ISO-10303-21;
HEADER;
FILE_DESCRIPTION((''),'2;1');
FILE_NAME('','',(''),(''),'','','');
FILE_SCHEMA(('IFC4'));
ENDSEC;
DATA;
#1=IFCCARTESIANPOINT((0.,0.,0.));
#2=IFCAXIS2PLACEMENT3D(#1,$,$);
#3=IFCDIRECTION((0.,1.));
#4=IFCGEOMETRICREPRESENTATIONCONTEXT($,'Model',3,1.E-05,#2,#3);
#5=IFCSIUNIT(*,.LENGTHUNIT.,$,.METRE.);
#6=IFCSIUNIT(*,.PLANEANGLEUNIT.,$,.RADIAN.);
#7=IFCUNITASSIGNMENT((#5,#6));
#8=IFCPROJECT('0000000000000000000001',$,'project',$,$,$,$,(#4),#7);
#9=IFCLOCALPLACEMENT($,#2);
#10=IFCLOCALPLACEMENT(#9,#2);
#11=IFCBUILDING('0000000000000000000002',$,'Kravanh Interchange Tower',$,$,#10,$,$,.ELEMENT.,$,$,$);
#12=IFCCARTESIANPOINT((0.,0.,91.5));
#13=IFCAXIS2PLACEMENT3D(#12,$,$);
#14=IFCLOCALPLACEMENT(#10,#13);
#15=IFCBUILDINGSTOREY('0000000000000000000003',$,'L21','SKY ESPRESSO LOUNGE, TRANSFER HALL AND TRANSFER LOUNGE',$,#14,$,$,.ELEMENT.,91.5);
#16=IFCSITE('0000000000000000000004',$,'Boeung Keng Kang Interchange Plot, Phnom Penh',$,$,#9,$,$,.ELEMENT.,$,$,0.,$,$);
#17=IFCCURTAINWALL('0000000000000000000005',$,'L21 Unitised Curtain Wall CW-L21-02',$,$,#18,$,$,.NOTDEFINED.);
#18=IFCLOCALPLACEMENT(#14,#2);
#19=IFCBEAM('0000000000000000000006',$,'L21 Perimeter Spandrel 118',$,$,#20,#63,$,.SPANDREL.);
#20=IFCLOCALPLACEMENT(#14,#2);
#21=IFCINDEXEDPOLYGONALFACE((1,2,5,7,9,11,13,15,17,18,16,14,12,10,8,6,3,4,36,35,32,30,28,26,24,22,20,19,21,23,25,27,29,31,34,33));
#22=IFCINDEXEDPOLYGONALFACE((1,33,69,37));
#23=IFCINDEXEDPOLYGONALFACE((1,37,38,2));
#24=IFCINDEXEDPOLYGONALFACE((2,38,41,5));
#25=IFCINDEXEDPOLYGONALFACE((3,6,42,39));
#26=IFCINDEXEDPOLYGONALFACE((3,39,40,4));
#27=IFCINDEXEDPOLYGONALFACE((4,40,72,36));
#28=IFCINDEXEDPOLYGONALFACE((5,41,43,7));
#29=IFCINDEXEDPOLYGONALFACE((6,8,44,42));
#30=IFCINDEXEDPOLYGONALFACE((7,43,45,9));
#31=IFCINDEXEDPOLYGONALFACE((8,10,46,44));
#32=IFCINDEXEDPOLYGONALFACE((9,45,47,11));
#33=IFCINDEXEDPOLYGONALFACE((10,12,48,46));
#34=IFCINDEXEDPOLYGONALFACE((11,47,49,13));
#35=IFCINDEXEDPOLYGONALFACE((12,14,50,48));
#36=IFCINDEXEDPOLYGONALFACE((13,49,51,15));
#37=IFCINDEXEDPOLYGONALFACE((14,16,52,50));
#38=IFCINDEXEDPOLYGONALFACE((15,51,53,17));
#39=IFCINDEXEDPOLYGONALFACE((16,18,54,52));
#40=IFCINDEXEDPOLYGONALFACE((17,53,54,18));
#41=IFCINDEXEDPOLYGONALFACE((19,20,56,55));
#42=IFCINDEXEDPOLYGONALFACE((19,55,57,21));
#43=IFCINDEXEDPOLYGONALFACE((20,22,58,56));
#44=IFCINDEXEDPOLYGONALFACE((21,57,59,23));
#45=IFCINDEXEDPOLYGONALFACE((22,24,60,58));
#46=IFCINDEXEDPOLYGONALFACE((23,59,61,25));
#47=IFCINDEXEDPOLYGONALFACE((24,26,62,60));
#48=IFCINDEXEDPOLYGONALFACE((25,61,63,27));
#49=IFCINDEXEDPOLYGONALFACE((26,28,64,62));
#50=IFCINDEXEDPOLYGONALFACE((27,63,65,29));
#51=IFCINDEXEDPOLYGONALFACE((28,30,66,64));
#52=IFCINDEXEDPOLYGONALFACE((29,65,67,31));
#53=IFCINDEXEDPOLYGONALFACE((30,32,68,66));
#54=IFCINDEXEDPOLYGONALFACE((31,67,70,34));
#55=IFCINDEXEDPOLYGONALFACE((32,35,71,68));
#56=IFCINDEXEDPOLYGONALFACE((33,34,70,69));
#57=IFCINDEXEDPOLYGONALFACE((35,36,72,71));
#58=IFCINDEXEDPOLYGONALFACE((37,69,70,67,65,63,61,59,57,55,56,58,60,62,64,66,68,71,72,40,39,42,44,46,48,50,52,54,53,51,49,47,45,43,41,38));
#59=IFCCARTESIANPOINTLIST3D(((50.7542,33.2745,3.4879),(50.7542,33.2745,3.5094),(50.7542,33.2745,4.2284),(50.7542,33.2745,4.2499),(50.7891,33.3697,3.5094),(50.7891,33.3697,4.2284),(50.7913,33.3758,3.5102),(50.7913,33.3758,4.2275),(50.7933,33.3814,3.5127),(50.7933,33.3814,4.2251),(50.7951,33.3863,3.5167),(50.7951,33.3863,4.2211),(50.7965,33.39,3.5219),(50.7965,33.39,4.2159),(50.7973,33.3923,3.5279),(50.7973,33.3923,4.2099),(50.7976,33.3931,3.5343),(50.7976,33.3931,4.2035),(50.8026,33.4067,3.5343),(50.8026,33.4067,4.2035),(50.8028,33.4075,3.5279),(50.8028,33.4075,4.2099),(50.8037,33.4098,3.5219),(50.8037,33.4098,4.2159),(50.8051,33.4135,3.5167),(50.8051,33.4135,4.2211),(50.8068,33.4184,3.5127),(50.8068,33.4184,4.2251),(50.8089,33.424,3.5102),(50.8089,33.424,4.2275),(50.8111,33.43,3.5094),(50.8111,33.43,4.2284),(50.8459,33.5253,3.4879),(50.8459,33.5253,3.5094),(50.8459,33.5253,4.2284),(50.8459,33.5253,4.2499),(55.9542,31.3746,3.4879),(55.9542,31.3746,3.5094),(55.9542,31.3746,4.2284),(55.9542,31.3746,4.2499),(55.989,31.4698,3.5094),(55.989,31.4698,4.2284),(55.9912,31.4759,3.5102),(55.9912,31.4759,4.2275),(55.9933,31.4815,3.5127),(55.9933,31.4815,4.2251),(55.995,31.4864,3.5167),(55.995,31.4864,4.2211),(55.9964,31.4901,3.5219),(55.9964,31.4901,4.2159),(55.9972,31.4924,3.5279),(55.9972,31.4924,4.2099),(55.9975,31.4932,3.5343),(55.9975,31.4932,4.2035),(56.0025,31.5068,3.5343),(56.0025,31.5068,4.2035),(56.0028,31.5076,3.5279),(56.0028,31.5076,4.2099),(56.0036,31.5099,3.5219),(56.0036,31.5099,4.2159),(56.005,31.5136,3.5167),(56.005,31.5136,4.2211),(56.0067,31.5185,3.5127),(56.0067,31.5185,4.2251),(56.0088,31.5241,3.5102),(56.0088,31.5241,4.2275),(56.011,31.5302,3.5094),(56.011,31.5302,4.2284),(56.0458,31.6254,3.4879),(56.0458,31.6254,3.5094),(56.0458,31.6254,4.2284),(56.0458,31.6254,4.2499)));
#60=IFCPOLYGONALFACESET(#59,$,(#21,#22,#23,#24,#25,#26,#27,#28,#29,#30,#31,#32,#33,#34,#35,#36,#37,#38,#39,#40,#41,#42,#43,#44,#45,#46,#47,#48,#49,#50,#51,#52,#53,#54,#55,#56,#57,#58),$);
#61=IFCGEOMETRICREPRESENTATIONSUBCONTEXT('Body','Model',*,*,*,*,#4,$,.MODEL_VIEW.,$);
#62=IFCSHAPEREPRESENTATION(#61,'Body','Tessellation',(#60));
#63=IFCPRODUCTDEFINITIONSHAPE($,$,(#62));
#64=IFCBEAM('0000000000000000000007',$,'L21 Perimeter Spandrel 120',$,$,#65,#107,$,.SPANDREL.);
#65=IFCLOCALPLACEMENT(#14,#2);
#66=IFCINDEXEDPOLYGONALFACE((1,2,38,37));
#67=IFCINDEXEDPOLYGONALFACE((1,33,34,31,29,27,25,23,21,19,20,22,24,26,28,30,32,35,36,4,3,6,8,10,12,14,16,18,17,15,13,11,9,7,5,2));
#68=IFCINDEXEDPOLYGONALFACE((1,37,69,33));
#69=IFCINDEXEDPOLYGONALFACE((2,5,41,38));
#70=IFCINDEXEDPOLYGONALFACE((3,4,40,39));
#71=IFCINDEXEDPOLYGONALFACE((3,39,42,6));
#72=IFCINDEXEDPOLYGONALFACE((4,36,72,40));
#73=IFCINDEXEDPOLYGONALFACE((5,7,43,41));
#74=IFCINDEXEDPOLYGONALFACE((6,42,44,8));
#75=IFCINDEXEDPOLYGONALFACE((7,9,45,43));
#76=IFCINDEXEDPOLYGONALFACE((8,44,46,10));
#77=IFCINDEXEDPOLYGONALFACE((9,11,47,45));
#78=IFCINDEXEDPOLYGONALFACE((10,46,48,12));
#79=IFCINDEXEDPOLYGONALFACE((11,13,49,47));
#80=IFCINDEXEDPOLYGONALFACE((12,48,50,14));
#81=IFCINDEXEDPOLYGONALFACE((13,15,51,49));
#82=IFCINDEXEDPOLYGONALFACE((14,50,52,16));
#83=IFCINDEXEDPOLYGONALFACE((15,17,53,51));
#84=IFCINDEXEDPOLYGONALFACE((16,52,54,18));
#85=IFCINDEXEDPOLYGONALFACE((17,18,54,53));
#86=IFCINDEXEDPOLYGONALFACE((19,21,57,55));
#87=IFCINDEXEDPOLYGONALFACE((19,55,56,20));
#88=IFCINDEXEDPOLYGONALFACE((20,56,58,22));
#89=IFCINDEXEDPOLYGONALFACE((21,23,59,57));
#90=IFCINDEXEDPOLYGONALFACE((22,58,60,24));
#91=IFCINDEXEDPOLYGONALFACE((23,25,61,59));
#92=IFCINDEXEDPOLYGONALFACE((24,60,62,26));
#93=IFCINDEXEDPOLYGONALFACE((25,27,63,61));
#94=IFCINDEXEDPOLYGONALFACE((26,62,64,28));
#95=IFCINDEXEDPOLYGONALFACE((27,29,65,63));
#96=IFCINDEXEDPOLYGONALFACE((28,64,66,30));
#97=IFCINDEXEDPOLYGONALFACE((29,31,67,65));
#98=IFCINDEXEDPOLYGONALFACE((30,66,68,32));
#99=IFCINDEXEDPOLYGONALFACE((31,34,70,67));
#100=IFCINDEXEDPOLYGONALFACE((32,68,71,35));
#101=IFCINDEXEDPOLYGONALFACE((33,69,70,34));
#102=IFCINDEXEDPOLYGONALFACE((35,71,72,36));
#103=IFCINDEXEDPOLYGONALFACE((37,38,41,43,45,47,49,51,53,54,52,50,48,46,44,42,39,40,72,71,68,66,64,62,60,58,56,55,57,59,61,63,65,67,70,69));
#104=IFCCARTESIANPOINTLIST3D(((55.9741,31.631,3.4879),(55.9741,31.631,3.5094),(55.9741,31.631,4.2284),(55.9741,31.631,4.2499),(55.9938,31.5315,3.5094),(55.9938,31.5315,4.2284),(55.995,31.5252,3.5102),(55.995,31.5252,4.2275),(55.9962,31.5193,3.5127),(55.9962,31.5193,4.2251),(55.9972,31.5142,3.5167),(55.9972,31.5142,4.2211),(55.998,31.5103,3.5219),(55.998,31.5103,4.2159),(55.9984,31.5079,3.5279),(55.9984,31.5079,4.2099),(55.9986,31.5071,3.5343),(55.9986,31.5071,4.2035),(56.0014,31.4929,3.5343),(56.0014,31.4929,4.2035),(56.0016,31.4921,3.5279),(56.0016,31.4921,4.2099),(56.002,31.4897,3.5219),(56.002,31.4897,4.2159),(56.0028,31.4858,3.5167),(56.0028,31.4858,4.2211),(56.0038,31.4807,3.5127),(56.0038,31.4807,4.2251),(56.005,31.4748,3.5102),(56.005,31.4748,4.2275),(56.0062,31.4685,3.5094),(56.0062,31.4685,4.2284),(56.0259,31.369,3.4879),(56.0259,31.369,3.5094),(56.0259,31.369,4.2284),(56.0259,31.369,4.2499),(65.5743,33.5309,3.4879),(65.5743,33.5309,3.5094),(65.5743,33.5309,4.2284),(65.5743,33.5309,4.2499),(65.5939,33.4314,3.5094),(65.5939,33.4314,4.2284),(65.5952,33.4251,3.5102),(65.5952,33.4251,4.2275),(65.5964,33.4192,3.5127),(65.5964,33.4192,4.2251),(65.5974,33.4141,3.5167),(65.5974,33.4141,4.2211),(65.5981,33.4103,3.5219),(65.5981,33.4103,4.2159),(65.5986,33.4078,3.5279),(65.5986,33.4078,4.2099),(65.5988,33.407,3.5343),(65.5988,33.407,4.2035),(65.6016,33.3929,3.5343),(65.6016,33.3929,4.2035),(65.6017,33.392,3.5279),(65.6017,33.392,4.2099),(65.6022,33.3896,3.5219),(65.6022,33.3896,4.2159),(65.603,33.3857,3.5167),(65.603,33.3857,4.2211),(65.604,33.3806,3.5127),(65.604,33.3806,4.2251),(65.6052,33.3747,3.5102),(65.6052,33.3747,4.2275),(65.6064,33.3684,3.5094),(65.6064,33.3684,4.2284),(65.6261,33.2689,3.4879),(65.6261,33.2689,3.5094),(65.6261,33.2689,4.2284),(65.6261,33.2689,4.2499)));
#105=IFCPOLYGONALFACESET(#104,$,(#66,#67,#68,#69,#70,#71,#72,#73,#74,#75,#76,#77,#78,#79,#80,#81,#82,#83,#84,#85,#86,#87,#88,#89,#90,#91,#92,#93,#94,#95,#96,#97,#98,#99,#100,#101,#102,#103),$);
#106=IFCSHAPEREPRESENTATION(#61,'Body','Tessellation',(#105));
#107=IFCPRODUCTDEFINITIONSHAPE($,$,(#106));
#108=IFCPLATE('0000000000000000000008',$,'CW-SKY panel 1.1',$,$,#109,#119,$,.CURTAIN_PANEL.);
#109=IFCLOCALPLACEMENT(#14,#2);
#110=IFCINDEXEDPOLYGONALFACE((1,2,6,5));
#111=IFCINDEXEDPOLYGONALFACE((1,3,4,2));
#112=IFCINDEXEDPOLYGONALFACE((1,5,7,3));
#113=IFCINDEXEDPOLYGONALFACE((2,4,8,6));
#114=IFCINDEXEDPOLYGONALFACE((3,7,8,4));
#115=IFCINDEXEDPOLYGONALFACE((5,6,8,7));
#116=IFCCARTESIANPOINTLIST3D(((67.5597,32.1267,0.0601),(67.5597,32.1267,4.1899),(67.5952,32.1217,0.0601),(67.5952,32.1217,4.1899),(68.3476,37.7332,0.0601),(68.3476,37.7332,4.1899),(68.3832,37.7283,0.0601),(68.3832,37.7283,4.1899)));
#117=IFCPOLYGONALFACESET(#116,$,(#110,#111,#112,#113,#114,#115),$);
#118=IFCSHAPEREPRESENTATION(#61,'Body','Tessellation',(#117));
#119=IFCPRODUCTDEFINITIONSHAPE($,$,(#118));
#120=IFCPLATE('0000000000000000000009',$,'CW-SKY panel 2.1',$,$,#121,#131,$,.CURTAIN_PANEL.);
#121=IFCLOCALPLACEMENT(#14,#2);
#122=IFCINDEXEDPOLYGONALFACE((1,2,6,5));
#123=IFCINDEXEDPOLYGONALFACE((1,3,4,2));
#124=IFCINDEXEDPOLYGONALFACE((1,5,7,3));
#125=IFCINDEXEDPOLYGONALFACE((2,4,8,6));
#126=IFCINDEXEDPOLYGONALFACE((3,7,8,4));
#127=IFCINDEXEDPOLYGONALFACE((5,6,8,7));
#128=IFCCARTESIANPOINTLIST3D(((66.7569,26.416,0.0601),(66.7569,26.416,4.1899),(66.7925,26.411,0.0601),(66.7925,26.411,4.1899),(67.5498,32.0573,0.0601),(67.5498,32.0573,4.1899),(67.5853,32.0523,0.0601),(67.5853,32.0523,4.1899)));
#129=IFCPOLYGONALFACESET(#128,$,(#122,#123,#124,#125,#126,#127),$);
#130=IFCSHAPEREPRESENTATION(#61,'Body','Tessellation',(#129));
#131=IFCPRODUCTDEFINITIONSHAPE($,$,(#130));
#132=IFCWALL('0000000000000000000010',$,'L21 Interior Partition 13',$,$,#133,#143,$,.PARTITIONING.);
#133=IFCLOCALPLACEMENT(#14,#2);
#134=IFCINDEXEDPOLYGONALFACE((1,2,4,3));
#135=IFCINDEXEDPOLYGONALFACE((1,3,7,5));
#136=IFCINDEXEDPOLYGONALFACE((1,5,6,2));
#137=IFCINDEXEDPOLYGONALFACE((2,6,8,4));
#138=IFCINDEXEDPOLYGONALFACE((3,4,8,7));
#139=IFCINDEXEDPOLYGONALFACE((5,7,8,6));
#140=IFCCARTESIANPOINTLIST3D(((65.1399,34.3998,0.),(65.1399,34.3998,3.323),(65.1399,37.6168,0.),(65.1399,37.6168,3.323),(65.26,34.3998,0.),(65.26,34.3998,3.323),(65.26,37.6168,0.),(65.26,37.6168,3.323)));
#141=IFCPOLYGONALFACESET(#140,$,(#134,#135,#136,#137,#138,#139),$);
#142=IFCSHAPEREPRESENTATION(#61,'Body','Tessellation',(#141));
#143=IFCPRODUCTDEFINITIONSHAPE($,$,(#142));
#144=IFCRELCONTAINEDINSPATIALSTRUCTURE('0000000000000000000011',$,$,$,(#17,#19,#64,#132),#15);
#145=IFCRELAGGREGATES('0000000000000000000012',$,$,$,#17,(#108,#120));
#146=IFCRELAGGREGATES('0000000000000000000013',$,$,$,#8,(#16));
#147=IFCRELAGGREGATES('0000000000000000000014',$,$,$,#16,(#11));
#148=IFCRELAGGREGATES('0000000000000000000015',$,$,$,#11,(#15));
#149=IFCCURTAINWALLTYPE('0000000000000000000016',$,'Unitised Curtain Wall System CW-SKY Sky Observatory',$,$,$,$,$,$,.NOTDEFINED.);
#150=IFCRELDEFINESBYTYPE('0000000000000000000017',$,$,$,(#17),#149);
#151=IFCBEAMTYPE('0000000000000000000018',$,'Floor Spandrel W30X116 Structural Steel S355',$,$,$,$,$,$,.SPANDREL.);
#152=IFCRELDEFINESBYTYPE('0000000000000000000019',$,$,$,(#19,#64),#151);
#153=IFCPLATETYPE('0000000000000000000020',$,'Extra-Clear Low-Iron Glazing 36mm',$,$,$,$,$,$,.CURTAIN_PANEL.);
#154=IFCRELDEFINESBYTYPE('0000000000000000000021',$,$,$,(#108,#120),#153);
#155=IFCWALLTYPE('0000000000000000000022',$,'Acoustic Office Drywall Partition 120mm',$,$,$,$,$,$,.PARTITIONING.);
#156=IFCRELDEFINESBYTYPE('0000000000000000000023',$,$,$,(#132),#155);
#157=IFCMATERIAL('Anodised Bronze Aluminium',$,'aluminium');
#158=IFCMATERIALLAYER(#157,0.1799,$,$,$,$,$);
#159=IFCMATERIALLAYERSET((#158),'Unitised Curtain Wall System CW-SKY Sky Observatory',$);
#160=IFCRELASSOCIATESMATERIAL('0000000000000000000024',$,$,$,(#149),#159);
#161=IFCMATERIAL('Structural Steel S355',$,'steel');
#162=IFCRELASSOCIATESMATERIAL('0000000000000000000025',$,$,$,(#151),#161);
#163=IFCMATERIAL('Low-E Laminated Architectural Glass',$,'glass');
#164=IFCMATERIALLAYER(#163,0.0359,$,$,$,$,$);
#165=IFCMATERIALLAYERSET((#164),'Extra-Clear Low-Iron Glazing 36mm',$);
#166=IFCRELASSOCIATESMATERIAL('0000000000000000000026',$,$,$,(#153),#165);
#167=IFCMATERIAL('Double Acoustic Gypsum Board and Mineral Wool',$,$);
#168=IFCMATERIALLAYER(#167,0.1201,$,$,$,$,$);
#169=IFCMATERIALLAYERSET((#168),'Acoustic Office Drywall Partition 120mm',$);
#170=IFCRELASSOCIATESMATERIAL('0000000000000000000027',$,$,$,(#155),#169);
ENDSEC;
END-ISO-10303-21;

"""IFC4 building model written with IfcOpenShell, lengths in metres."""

from ifc_helpers import new_model, si_unit, direction, frame, frame_2d, origin, origin_2d, place, context, subcontext, project, spatial, rectangle, i_section, extrude, material, layer, layer_set, material_profile, profile_set, type_object, element, aggregate, save


model = new_model("IFC4")

# Units and contexts
model_context = context("Model", 3, precision=1e-05, world=origin(), true_north=direction((0.0, 1.0)))
body_context = subcontext(model_context, "Body", "Model", "MODEL_VIEW")
ifc_project = project(units=[si_unit("LENGTHUNIT", "METRE"), si_unit("PLANEANGLEUNIT", "RADIAN")], contexts=[model_context])

# Site, building, storey
site_placement = place(None, origin())
site = spatial("IfcSite", under=ifc_project, at=site_placement, Name="Boeung Keng Kang Interchange Plot, Phnom Penh", CompositionType="ELEMENT", RefElevation=0.0)
building_placement = place(site_placement, origin())
building = spatial("IfcBuilding", under=site, at=building_placement, Name="Kravanh Interchange Tower", CompositionType="ELEMENT")
storey_placement = place(building_placement, frame((0.0, 0.0, 91.5)))
storey = spatial("IfcBuildingStorey", under=building, at=storey_placement, Name="L21", Description="SKY ESPRESSO LOUNGE, TRANSFER HALL AND TRANSFER LOUNGE", CompositionType="ELEMENT", Elevation=91.5)

# Curtain wall
ifc_material_1 = material(Name="Anodised Bronze Aluminium", Category="aluminium")
ifc_layer_1 = layer(ifc_material_1, 0.1799)
ifc_layer_set_1 = layer_set([ifc_layer_1], Name="Unitised Curtain Wall System CW-SKY Sky Observatory")
curtain_wall_type = type_object("IfcCurtainWallType", Name="Unitised Curtain Wall System CW-SKY Sky Observatory", PredefinedType="NOTDEFINED", material=ifc_layer_set_1)
curtain_wall_placement = place(storey_placement, origin())
curtain_wall = element("IfcCurtainWall", 1, at=curtain_wall_placement, inside=storey, type_object=curtain_wall_type, Name="L21 Unitised Curtain Wall CW-L21-02", PredefinedType="NOTDEFINED")

# Beams
ifc_material_2 = material(Name="Structural Steel S355", Category="steel")
ifc_material_profile_1 = material_profile(ifc_material_2, i_section(OverallWidth=0.2671, OverallDepth=0.762, WebThickness=0.0144, FlangeThickness=0.0215, FilletRadius=0.0249, at=origin_2d()), Name="W30X116")
ifc_profile_set_1 = profile_set([ifc_material_profile_1], Name="Structural Steel S355")
beam_type_1 = type_object("IfcBeamType", Name="Floor Spandrel W30X116 Structural Steel S355", PredefinedType="SPANDREL", material=ifc_profile_set_1)
beam_1_placement = place(storey_placement, frame((56.0, 31.5, 3.8689), z_axis=(-0.93927, 0.34318, 0.0), x_axis=(-0.34318, -0.93927, 0.0)))
element("IfcBeam", 2, at=beam_1_placement, inside=storey, type_object=beam_type_1, Name="L21 Perimeter Spandrel 118", PredefinedType="SPANDREL", context=body_context, shape_type="SweptSolid", body=[
    extrude(i_section(OverallWidth=0.2671, OverallDepth=0.762, WebThickness=0.0144, FlangeThickness=0.0215, FilletRadius=0.0249, at=origin_2d()), origin(), (0.0, 0.0, 1.0), 5.5361),
])
beam_2_placement = place(storey_placement, frame((56.0, 31.5, 3.8689), z_axis=(0.980974, 0.194139, 0.0), x_axis=(-0.194139, 0.980974, 0.0)))
element("IfcBeam", 3, at=beam_2_placement, inside=storey, type_object=beam_type_1, Name="L21 Perimeter Spandrel 120", PredefinedType="SPANDREL", context=body_context, shape_type="SweptSolid", body=[
    extrude(i_section(OverallWidth=0.2671, OverallDepth=0.762, WebThickness=0.0144, FlangeThickness=0.0215, FilletRadius=0.0249, at=origin_2d()), origin(), (0.0, 0.0, 1.0), 9.7864),
])

# Plates
ifc_material_3 = material(Name="Low-E Laminated Architectural Glass", Category="glass")
ifc_layer_2 = layer(ifc_material_3, 0.0359)
ifc_layer_set_2 = layer_set([ifc_layer_2], Name="Extra-Clear Low-Iron Glazing 36mm")
plate_type = type_object("IfcPlateType", Name="Extra-Clear Low-Iron Glazing 36mm", PredefinedType="CURTAIN_PANEL", material=ifc_layer_set_2)
plate_1_placement = place(storey_placement, frame((67.9714, 34.9275, 0.0601), z_axis=(0.0, 0.0, 1.0), x_axis=(-0.139177, -0.990268, 0.0)))
plate_1 = element("IfcPlate", 4, at=plate_1_placement, type_object=plate_type, Name="CW-SKY panel 1.1", PredefinedType="CURTAIN_PANEL", context=body_context, shape_type="SweptSolid", body=[
    extrude(rectangle(XDim=5.6616, YDim=0.0359, at=origin_2d()), origin(), (0.0, 0.0, 1.0), 4.1299),
])
plate_2_placement = place(storey_placement, frame((67.1711, 29.2341, 0.0601), z_axis=(0.0, 0.0, 1.0), x_axis=(-0.139177, -0.990268, 0.0)))
plate_2 = element("IfcPlate", 5, at=plate_2_placement, type_object=plate_type, Name="CW-SKY panel 2.1", PredefinedType="CURTAIN_PANEL", context=body_context, shape_type="SweptSolid", body=[
    extrude(rectangle(XDim=5.6968, YDim=0.0359, at=origin_2d()), origin(), (0.0, 0.0, 1.0), 4.1299),
])
aggregate(curtain_wall, [plate_1, plate_2])

# Wall
ifc_material_4 = material(Name="Double Acoustic Gypsum Board and Mineral Wool")
ifc_layer_3 = layer(ifc_material_4, 0.1201)
ifc_layer_set_3 = layer_set([ifc_layer_3], Name="Acoustic Office Drywall Partition 120mm")
wall_type = type_object("IfcWallType", Name="Acoustic Office Drywall Partition 120mm", PredefinedType="PARTITIONING", material=ifc_layer_set_3)
wall_placement = place(storey_placement, frame((65.2, 34.3999, 0.0), z_axis=(0.0, 0.0, 1.0), x_axis=(0.0, 1.0, 0.0)))
element("IfcWall", 6, at=wall_placement, inside=storey, type_object=wall_type, Name="L21 Interior Partition 13", PredefinedType="PARTITIONING", context=body_context, shape_type="SweptSolid", body=[
    extrude(rectangle(XDim=3.217, YDim=0.1201, at=frame_2d((1.6084, 0.0))), origin(), (0.0, 0.0, 1.0), 3.323),
])

save(model, "model.ifc")
